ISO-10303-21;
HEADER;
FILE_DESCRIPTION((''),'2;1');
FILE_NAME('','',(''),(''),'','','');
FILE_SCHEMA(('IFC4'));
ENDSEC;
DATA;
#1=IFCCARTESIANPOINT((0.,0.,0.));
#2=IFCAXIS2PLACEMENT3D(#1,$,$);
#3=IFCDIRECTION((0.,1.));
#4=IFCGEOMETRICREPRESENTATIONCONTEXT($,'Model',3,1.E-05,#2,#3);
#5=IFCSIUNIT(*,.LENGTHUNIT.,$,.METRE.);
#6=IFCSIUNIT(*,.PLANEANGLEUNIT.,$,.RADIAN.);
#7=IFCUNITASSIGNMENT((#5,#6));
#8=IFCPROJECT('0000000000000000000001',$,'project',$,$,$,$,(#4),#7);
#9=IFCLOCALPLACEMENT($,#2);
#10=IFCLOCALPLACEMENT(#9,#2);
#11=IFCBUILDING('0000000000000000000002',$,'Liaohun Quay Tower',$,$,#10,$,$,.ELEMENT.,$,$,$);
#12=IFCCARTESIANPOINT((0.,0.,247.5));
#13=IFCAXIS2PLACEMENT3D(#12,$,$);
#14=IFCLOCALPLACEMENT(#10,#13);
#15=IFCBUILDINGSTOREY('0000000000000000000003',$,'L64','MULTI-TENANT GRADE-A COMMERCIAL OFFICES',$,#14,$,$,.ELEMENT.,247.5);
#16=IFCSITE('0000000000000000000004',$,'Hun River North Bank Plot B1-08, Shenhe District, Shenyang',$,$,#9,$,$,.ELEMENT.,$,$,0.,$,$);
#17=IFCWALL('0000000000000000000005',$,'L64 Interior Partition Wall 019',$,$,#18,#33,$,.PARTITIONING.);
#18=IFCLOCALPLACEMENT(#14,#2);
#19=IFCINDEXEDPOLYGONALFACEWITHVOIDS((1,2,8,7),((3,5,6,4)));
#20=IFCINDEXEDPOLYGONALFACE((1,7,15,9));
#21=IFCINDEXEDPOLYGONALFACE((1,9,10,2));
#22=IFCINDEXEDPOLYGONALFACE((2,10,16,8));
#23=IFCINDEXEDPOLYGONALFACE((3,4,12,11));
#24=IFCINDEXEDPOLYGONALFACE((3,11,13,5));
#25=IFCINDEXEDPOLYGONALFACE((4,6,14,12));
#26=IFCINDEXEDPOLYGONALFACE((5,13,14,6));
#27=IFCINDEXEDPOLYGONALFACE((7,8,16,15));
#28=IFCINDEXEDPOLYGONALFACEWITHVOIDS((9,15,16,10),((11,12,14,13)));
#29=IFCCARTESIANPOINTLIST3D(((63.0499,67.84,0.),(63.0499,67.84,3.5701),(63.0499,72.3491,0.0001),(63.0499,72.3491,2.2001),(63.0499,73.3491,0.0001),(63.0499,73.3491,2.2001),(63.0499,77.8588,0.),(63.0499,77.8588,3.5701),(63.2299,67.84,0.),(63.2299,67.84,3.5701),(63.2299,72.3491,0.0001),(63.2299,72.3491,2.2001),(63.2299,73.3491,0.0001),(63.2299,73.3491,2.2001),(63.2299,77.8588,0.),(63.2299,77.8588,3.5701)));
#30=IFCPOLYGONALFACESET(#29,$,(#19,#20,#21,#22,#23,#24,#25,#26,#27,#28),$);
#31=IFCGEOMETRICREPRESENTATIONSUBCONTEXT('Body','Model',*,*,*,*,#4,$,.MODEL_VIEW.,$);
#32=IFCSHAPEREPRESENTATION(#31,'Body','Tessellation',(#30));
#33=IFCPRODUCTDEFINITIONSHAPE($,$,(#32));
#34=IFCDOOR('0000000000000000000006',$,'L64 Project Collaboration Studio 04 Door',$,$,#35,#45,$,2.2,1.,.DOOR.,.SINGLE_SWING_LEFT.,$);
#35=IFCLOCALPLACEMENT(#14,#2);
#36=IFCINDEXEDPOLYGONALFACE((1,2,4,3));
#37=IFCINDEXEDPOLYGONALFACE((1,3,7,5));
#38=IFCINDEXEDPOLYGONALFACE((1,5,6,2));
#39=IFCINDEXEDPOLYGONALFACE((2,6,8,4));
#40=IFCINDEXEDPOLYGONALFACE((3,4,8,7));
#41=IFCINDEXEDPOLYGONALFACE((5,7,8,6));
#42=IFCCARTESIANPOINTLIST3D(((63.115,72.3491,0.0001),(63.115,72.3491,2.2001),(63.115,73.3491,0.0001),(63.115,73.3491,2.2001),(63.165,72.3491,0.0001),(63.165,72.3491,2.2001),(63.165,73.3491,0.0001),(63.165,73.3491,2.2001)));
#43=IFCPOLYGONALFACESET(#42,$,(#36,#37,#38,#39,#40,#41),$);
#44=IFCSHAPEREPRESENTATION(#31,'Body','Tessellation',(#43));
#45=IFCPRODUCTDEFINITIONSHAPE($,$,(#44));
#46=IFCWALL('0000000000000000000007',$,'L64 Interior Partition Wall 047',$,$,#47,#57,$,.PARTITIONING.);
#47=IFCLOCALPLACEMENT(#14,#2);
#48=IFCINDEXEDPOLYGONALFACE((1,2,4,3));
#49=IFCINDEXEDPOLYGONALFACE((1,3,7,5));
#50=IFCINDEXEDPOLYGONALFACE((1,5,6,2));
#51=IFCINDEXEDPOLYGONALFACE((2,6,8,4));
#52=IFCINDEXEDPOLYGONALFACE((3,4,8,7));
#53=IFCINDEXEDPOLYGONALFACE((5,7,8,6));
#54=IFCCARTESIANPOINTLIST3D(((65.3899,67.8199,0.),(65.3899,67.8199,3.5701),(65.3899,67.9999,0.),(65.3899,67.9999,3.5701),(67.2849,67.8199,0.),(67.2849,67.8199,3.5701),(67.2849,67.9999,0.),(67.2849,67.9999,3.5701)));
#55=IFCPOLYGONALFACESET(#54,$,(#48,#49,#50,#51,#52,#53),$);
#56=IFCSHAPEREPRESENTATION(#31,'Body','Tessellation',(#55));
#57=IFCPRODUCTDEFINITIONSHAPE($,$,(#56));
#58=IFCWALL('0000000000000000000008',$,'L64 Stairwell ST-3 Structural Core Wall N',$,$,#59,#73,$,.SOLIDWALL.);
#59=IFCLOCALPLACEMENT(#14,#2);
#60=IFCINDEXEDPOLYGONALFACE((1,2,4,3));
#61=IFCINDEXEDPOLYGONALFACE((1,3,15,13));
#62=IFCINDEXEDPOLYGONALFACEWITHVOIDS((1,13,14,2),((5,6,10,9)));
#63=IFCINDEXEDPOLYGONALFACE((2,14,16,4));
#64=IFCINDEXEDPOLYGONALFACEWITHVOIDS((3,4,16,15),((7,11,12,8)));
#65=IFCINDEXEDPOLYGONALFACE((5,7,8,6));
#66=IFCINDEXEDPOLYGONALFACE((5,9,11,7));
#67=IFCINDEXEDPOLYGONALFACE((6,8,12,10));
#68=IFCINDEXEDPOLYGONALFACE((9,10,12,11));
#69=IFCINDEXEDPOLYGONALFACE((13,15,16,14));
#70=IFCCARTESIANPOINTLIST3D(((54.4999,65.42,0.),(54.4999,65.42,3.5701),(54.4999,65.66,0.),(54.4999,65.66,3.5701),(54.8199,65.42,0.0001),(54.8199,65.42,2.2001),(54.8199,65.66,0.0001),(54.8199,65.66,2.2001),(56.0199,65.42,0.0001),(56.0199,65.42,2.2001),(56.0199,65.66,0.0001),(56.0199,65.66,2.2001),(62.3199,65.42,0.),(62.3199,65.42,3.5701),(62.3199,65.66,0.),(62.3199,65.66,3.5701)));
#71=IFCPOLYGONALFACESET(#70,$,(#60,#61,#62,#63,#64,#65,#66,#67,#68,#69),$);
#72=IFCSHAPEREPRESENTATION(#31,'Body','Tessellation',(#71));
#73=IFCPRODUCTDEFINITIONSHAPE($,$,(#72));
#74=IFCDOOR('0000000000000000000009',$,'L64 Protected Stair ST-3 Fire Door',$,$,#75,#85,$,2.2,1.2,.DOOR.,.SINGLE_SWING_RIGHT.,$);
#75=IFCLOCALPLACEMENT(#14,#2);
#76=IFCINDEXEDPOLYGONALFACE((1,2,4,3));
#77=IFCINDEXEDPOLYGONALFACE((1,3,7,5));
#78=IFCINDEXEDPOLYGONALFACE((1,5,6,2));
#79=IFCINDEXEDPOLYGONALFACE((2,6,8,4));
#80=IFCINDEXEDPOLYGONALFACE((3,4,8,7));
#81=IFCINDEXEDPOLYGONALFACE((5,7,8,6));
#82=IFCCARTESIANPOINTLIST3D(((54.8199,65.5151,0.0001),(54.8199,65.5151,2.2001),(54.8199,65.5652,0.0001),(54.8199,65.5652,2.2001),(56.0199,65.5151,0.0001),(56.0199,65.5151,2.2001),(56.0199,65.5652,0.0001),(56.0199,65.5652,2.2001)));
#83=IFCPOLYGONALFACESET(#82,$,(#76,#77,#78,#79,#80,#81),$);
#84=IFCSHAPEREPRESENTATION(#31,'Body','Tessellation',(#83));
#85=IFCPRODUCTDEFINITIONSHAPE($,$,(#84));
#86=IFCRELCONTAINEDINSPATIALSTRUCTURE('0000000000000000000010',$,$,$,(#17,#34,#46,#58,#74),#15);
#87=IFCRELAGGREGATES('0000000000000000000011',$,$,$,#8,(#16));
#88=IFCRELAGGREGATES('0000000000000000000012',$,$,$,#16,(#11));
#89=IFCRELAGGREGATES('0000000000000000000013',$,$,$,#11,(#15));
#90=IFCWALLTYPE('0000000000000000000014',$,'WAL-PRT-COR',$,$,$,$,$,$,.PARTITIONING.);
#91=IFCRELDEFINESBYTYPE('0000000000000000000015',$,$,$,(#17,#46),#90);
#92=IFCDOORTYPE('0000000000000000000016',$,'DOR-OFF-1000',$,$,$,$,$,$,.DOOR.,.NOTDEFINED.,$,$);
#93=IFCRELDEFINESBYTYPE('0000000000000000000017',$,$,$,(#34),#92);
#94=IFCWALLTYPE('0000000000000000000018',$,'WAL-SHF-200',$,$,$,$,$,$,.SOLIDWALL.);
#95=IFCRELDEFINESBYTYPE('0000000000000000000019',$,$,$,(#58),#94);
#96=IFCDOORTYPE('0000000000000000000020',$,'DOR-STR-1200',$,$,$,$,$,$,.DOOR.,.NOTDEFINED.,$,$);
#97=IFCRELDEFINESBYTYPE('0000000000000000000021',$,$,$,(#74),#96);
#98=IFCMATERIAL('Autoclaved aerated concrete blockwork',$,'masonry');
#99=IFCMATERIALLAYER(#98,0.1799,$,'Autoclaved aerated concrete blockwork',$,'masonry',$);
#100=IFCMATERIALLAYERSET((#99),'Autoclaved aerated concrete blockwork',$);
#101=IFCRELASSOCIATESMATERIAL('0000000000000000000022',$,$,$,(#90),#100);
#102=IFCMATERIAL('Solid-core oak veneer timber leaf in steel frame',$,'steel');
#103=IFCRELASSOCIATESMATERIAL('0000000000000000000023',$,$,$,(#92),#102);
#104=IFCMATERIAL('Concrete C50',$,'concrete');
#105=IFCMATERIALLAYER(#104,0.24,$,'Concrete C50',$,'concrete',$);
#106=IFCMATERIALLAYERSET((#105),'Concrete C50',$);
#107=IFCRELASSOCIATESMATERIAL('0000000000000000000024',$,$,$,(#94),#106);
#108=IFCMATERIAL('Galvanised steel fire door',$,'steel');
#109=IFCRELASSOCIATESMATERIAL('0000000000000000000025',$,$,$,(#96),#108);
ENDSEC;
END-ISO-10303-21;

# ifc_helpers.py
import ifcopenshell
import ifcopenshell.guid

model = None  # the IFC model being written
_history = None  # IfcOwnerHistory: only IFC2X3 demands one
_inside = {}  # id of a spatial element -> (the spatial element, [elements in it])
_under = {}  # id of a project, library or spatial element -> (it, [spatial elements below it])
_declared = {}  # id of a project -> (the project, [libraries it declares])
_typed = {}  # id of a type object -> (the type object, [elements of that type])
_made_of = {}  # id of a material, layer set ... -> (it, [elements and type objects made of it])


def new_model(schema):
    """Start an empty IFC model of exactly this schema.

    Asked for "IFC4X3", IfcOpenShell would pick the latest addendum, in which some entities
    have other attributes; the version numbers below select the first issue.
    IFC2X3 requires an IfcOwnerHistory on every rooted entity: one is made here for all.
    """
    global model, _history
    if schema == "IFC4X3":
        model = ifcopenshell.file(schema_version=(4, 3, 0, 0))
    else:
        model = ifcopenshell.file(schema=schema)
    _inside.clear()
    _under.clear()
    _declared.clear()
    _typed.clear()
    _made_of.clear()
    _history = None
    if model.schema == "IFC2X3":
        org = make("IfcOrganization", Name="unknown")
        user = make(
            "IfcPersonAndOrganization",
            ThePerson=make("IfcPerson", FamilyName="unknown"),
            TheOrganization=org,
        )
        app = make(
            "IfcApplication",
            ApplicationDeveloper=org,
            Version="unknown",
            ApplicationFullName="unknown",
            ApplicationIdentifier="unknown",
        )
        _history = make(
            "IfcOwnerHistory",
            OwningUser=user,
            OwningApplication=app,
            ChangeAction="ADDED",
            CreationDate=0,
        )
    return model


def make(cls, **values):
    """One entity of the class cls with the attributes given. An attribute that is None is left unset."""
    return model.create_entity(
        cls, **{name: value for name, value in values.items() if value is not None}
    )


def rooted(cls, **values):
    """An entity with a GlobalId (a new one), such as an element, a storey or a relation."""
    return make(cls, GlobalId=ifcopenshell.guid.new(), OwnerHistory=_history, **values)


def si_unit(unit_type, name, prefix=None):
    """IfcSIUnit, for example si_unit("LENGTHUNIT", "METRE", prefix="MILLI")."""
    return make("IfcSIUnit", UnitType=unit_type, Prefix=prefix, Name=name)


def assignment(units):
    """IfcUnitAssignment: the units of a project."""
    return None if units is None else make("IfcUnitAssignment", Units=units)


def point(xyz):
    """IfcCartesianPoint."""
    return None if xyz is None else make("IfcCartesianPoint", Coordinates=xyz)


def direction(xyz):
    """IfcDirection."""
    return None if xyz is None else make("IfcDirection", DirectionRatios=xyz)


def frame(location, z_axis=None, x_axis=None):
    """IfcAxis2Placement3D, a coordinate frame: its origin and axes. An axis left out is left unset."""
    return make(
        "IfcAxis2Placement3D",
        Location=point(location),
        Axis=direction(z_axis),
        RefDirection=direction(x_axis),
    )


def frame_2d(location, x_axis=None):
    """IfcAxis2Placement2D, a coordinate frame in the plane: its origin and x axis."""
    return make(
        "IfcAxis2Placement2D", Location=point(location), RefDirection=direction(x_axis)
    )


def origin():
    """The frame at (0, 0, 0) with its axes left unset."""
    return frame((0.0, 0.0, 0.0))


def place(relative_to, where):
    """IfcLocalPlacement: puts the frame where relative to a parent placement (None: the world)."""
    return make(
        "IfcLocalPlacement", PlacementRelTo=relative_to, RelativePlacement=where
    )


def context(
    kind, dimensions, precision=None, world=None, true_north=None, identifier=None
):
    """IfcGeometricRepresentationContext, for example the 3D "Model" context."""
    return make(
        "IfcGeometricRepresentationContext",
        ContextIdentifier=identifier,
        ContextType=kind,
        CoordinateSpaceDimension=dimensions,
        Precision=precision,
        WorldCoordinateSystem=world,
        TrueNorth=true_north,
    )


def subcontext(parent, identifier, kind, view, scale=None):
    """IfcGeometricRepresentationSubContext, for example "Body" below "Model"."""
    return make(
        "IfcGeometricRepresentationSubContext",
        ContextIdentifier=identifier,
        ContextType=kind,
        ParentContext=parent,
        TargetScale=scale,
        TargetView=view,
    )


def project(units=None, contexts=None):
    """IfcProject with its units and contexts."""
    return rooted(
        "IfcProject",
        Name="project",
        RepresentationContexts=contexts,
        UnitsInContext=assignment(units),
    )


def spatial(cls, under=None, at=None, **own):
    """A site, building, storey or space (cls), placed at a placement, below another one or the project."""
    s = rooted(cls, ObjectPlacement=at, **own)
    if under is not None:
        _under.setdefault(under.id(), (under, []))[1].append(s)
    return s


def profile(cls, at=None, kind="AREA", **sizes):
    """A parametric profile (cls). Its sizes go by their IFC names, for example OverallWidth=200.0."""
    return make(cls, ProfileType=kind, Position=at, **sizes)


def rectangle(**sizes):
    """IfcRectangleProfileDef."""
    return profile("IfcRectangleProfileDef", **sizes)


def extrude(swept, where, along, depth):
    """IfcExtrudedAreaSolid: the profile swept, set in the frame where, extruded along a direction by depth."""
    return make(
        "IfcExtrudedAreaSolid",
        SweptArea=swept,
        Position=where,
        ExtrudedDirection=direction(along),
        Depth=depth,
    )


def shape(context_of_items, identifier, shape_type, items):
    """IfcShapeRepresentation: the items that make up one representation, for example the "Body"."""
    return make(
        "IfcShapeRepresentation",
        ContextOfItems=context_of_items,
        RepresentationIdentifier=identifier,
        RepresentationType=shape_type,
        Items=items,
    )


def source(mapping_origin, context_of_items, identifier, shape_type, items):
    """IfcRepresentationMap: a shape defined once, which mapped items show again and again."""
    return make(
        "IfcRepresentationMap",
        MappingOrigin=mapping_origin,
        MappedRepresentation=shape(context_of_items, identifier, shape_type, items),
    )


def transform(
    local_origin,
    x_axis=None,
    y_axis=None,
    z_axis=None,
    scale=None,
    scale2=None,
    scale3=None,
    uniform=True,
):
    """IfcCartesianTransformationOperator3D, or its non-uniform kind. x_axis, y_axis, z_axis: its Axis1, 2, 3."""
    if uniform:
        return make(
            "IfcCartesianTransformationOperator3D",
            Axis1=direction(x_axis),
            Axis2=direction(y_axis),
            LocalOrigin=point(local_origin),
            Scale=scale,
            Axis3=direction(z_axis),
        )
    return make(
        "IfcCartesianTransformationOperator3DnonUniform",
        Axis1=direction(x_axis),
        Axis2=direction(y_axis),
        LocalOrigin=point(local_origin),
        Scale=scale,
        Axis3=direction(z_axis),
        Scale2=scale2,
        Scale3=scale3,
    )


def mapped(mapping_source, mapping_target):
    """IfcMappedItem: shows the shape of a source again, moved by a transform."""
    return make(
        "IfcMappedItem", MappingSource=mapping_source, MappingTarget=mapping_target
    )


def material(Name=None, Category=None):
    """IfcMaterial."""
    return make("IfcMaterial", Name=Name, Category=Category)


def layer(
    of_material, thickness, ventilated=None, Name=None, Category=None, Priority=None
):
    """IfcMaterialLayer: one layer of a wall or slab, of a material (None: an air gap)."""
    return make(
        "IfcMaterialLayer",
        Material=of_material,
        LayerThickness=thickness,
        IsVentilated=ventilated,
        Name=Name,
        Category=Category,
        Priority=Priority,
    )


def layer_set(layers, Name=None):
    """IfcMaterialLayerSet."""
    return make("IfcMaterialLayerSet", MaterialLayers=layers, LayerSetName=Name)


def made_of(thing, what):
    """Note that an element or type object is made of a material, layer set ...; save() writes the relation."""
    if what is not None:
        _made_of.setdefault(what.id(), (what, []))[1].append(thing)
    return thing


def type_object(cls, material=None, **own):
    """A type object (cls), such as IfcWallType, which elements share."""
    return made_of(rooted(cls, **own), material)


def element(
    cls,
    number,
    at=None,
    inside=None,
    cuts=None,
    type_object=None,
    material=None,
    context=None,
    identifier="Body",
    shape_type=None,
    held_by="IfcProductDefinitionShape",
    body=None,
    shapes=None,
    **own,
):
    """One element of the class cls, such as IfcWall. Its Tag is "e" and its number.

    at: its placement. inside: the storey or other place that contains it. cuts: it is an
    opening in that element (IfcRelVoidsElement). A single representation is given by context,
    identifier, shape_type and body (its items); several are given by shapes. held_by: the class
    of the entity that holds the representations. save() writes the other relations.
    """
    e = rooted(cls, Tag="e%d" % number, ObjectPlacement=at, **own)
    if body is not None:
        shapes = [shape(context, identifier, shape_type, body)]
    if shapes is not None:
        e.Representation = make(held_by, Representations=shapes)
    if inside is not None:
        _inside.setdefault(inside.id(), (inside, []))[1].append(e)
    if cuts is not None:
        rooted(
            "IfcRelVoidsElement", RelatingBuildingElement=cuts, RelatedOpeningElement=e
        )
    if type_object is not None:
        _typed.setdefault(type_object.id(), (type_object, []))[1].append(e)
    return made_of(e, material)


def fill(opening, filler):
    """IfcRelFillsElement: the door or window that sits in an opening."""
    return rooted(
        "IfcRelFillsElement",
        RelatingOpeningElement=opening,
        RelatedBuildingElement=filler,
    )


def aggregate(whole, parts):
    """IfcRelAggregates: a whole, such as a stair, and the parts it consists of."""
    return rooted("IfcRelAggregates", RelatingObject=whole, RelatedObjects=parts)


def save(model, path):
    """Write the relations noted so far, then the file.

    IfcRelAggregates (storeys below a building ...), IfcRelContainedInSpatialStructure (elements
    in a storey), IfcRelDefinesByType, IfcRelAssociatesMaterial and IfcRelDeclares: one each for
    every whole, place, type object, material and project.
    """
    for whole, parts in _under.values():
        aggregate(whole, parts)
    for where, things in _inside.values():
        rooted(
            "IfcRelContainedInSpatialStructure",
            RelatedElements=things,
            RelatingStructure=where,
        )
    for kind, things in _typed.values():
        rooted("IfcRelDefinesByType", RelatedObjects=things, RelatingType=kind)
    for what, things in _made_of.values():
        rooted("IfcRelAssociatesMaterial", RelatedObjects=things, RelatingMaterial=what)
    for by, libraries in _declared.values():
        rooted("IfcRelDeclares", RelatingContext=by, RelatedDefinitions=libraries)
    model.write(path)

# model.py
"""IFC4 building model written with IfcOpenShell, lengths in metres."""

from ifc_helpers import new_model, si_unit, direction, frame, frame_2d, origin, place, context, subcontext, project, spatial, rectangle, extrude, source, transform, mapped, material, layer, layer_set, type_object, element, fill, save


model = new_model("IFC4")

# Units and contexts
model_context = context("Model", 3, precision=1e-05, world=origin(), true_north=direction((0.0, 1.0)))
body_context = subcontext(model_context, "Body", "Model", "MODEL_VIEW")
ifc_project = project(units=[si_unit("LENGTHUNIT", "METRE"), si_unit("PLANEANGLEUNIT", "RADIAN")], contexts=[model_context])

# Site, building, storey
site_placement = place(None, origin())
site = spatial("IfcSite", under=ifc_project, at=site_placement, Name="Hun River North Bank Plot B1-08, Shenhe District, Shenyang", CompositionType="ELEMENT", RefElevation=0.0)
building_placement = place(site_placement, origin())
building = spatial("IfcBuilding", under=site, at=building_placement, Name="Liaohun Quay Tower", CompositionType="ELEMENT")
storey_placement = place(building_placement, frame((0.0, 0.0, 247.5)))
storey = spatial("IfcBuildingStorey", under=building, at=storey_placement, Name="L64", Description="MULTI-TENANT GRADE-A COMMERCIAL OFFICES", CompositionType="ELEMENT", Elevation=247.5)

# Wall, opening, door
ifc_material_1 = material(Name="Autoclaved aerated concrete blockwork", Category="masonry")
ifc_layer_1 = layer(ifc_material_1, 0.1799, Name="Autoclaved aerated concrete blockwork", Category="masonry")
ifc_layer_set_1 = layer_set([ifc_layer_1], Name="Autoclaved aerated concrete blockwork")
wall_type_1 = type_object("IfcWallType", Name="WAL-PRT-COR", PredefinedType="PARTITIONING", material=ifc_layer_set_1)
shared_shape_1 = source(origin(), body_context, "Body", "SweptSolid", [
    extrude(rectangle(XDim=1.0, YDim=2.2, at=frame_2d((0.5, 1.1001))), frame((0.0, 0.0999, 0.0), z_axis=(0.0, -1.0, 0.0), x_axis=(1.0, 0.0, 0.0)), (0.0, 0.0, 1.0), 0.2),
])
ifc_material_2 = material(Name="Solid-core oak veneer timber leaf in steel frame", Category="steel")
door_type_1 = type_object("IfcDoorType", Name="DOR-OFF-1000", OperationType="NOTDEFINED", PredefinedType="DOOR", material=ifc_material_2)
shared_shape_2 = source(origin(), body_context, "Body", "SweptSolid", [
    extrude(rectangle(XDim=1.0, YDim=2.2, at=frame_2d((0.5, 1.1001))), frame((0.0, 0.0249, 0.0), z_axis=(0.0, -1.0, 0.0), x_axis=(1.0, 0.0, 0.0)), (0.0, 0.0, 1.0), 0.05),
])
wall_1_placement = place(storey_placement, frame((63.1399, 67.8401, 0.0), z_axis=(0.0, 0.0, 1.0), x_axis=(0.0, 1.0, 0.0)))
wall_1 = element("IfcWall", 1, at=wall_1_placement, inside=storey, type_object=wall_type_1, Name="L64 Interior Partition Wall 019", PredefinedType="PARTITIONING", context=body_context, shape_type="SweptSolid", body=[
    extrude(rectangle(XDim=10.0188, YDim=0.1799, at=frame_2d((5.0093, 0.0))), origin(), (0.0, 0.0, 1.0), 3.5701),
])
opening_1_placement = place(wall_1_placement, frame((4.509, 0.0, 0.0)))
opening_1 = element("IfcOpeningElement", 2, at=opening_1_placement, cuts=wall_1, PredefinedType="OPENING", context=body_context, shape_type="MappedRepresentation", body=[
    mapped(shared_shape_1, transform((0.0, 0.0, 0.0), x_axis=(1.0, 0.0, 0.0), y_axis=(0.0, 1.0, 0.0), z_axis=(0.0, 0.0, 1.0), scale=1.0)),
])
door_1_placement = place(opening_1_placement, origin())
door_1 = element("IfcDoor", 3, at=door_1_placement, inside=storey, type_object=door_type_1, Name="L64 Project Collaboration Studio 04 Door", OperationType="SINGLE_SWING_LEFT", OverallHeight=2.2, OverallWidth=1.0, PredefinedType="DOOR", context=body_context, shape_type="MappedRepresentation", body=[
    mapped(shared_shape_2, transform((0.0, 0.0, 0.0), x_axis=(1.0, 0.0, 0.0), y_axis=(0.0, 1.0, 0.0), z_axis=(0.0, 0.0, 1.0), scale=1.0)),
])
fill(opening_1, door_1)

# Wall
wall_2_placement = place(storey_placement, frame((65.3899, 67.9099, 0.0), z_axis=(0.0, 0.0, 1.0), x_axis=(1.0, 0.0, 0.0)))
element("IfcWall", 4, at=wall_2_placement, inside=storey, type_object=wall_type_1, Name="L64 Interior Partition Wall 047", PredefinedType="PARTITIONING", context=body_context, shape_type="SweptSolid", body=[
    extrude(rectangle(XDim=1.895, YDim=0.1799, at=frame_2d((0.9475, 0.0))), origin(), (0.0, 0.0, 1.0), 3.5701),
])

# Wall, opening, door
ifc_material_3 = material(Name="Concrete C50", Category="concrete")
ifc_layer_2 = layer(ifc_material_3, 0.24, Name="Concrete C50", Category="concrete")
ifc_layer_set_2 = layer_set([ifc_layer_2], Name="Concrete C50")
wall_type_2 = type_object("IfcWallType", Name="WAL-SHF-200", PredefinedType="SOLIDWALL", material=ifc_layer_set_2)
wall_3_placement = place(storey_placement, frame((62.3201, 65.54, 0.0), z_axis=(0.0, 0.0, 1.0), x_axis=(-1.0, 0.0, 0.0)))
wall_3 = element("IfcWall", 5, at=wall_3_placement, inside=storey, type_object=wall_type_2, Name="L64 Stairwell ST-3 Structural Core Wall N", PredefinedType="SOLIDWALL", context=body_context, shape_type="SweptSolid", body=[
    extrude(rectangle(XDim=7.8201, YDim=0.24, at=frame_2d((3.9102, 0.0))), origin(), (0.0, 0.0, 1.0), 3.5701),
])
shared_shape_3 = source(origin(), body_context, "Body", "SweptSolid", [
    extrude(rectangle(XDim=1.2, YDim=2.2, at=frame_2d((0.6001, 1.1001))), frame((0.0, 0.1299, 0.0), z_axis=(0.0, -1.0, 0.0), x_axis=(1.0, 0.0, 0.0)), (0.0, 0.0, 1.0), 0.26),
])
opening_2_placement = place(wall_3_placement, frame((6.3, 0.0, 0.0)))
opening_2 = element("IfcOpeningElement", 6, at=opening_2_placement, cuts=wall_3, PredefinedType="OPENING", context=body_context, shape_type="MappedRepresentation", body=[
    mapped(shared_shape_3, transform((0.0, 0.0, 0.0), x_axis=(1.0, 0.0, 0.0), y_axis=(0.0, 1.0, 0.0), z_axis=(0.0, 0.0, 1.0), scale=1.0)),
])
ifc_material_4 = material(Name="Galvanised steel fire door", Category="steel")
door_type_2 = type_object("IfcDoorType", Name="DOR-STR-1200", OperationType="NOTDEFINED", PredefinedType="DOOR", material=ifc_material_4)
shared_shape_4 = source(origin(), body_context, "Body", "SweptSolid", [
    extrude(rectangle(XDim=1.2, YDim=2.2, at=frame_2d((0.6001, 1.1001))), frame((0.0, 0.0249, 0.0), z_axis=(0.0, -1.0, 0.0), x_axis=(1.0, 0.0, 0.0)), (0.0, 0.0, 1.0), 0.05),
])
door_2_placement = place(opening_2_placement, origin())
door_2 = element("IfcDoor", 7, at=door_2_placement, inside=storey, type_object=door_type_2, Name="L64 Protected Stair ST-3 Fire Door", OperationType="SINGLE_SWING_RIGHT", OverallHeight=2.2, OverallWidth=1.2, PredefinedType="DOOR", context=body_context, shape_type="MappedRepresentation", body=[
    mapped(shared_shape_4, transform((0.0, 0.0, 0.0), x_axis=(1.0, 0.0, 0.0), y_axis=(0.0, 1.0, 0.0), z_axis=(0.0, 0.0, 1.0), scale=1.0)),
])
fill(opening_2, door_2)

save(model, "model.ifc")
